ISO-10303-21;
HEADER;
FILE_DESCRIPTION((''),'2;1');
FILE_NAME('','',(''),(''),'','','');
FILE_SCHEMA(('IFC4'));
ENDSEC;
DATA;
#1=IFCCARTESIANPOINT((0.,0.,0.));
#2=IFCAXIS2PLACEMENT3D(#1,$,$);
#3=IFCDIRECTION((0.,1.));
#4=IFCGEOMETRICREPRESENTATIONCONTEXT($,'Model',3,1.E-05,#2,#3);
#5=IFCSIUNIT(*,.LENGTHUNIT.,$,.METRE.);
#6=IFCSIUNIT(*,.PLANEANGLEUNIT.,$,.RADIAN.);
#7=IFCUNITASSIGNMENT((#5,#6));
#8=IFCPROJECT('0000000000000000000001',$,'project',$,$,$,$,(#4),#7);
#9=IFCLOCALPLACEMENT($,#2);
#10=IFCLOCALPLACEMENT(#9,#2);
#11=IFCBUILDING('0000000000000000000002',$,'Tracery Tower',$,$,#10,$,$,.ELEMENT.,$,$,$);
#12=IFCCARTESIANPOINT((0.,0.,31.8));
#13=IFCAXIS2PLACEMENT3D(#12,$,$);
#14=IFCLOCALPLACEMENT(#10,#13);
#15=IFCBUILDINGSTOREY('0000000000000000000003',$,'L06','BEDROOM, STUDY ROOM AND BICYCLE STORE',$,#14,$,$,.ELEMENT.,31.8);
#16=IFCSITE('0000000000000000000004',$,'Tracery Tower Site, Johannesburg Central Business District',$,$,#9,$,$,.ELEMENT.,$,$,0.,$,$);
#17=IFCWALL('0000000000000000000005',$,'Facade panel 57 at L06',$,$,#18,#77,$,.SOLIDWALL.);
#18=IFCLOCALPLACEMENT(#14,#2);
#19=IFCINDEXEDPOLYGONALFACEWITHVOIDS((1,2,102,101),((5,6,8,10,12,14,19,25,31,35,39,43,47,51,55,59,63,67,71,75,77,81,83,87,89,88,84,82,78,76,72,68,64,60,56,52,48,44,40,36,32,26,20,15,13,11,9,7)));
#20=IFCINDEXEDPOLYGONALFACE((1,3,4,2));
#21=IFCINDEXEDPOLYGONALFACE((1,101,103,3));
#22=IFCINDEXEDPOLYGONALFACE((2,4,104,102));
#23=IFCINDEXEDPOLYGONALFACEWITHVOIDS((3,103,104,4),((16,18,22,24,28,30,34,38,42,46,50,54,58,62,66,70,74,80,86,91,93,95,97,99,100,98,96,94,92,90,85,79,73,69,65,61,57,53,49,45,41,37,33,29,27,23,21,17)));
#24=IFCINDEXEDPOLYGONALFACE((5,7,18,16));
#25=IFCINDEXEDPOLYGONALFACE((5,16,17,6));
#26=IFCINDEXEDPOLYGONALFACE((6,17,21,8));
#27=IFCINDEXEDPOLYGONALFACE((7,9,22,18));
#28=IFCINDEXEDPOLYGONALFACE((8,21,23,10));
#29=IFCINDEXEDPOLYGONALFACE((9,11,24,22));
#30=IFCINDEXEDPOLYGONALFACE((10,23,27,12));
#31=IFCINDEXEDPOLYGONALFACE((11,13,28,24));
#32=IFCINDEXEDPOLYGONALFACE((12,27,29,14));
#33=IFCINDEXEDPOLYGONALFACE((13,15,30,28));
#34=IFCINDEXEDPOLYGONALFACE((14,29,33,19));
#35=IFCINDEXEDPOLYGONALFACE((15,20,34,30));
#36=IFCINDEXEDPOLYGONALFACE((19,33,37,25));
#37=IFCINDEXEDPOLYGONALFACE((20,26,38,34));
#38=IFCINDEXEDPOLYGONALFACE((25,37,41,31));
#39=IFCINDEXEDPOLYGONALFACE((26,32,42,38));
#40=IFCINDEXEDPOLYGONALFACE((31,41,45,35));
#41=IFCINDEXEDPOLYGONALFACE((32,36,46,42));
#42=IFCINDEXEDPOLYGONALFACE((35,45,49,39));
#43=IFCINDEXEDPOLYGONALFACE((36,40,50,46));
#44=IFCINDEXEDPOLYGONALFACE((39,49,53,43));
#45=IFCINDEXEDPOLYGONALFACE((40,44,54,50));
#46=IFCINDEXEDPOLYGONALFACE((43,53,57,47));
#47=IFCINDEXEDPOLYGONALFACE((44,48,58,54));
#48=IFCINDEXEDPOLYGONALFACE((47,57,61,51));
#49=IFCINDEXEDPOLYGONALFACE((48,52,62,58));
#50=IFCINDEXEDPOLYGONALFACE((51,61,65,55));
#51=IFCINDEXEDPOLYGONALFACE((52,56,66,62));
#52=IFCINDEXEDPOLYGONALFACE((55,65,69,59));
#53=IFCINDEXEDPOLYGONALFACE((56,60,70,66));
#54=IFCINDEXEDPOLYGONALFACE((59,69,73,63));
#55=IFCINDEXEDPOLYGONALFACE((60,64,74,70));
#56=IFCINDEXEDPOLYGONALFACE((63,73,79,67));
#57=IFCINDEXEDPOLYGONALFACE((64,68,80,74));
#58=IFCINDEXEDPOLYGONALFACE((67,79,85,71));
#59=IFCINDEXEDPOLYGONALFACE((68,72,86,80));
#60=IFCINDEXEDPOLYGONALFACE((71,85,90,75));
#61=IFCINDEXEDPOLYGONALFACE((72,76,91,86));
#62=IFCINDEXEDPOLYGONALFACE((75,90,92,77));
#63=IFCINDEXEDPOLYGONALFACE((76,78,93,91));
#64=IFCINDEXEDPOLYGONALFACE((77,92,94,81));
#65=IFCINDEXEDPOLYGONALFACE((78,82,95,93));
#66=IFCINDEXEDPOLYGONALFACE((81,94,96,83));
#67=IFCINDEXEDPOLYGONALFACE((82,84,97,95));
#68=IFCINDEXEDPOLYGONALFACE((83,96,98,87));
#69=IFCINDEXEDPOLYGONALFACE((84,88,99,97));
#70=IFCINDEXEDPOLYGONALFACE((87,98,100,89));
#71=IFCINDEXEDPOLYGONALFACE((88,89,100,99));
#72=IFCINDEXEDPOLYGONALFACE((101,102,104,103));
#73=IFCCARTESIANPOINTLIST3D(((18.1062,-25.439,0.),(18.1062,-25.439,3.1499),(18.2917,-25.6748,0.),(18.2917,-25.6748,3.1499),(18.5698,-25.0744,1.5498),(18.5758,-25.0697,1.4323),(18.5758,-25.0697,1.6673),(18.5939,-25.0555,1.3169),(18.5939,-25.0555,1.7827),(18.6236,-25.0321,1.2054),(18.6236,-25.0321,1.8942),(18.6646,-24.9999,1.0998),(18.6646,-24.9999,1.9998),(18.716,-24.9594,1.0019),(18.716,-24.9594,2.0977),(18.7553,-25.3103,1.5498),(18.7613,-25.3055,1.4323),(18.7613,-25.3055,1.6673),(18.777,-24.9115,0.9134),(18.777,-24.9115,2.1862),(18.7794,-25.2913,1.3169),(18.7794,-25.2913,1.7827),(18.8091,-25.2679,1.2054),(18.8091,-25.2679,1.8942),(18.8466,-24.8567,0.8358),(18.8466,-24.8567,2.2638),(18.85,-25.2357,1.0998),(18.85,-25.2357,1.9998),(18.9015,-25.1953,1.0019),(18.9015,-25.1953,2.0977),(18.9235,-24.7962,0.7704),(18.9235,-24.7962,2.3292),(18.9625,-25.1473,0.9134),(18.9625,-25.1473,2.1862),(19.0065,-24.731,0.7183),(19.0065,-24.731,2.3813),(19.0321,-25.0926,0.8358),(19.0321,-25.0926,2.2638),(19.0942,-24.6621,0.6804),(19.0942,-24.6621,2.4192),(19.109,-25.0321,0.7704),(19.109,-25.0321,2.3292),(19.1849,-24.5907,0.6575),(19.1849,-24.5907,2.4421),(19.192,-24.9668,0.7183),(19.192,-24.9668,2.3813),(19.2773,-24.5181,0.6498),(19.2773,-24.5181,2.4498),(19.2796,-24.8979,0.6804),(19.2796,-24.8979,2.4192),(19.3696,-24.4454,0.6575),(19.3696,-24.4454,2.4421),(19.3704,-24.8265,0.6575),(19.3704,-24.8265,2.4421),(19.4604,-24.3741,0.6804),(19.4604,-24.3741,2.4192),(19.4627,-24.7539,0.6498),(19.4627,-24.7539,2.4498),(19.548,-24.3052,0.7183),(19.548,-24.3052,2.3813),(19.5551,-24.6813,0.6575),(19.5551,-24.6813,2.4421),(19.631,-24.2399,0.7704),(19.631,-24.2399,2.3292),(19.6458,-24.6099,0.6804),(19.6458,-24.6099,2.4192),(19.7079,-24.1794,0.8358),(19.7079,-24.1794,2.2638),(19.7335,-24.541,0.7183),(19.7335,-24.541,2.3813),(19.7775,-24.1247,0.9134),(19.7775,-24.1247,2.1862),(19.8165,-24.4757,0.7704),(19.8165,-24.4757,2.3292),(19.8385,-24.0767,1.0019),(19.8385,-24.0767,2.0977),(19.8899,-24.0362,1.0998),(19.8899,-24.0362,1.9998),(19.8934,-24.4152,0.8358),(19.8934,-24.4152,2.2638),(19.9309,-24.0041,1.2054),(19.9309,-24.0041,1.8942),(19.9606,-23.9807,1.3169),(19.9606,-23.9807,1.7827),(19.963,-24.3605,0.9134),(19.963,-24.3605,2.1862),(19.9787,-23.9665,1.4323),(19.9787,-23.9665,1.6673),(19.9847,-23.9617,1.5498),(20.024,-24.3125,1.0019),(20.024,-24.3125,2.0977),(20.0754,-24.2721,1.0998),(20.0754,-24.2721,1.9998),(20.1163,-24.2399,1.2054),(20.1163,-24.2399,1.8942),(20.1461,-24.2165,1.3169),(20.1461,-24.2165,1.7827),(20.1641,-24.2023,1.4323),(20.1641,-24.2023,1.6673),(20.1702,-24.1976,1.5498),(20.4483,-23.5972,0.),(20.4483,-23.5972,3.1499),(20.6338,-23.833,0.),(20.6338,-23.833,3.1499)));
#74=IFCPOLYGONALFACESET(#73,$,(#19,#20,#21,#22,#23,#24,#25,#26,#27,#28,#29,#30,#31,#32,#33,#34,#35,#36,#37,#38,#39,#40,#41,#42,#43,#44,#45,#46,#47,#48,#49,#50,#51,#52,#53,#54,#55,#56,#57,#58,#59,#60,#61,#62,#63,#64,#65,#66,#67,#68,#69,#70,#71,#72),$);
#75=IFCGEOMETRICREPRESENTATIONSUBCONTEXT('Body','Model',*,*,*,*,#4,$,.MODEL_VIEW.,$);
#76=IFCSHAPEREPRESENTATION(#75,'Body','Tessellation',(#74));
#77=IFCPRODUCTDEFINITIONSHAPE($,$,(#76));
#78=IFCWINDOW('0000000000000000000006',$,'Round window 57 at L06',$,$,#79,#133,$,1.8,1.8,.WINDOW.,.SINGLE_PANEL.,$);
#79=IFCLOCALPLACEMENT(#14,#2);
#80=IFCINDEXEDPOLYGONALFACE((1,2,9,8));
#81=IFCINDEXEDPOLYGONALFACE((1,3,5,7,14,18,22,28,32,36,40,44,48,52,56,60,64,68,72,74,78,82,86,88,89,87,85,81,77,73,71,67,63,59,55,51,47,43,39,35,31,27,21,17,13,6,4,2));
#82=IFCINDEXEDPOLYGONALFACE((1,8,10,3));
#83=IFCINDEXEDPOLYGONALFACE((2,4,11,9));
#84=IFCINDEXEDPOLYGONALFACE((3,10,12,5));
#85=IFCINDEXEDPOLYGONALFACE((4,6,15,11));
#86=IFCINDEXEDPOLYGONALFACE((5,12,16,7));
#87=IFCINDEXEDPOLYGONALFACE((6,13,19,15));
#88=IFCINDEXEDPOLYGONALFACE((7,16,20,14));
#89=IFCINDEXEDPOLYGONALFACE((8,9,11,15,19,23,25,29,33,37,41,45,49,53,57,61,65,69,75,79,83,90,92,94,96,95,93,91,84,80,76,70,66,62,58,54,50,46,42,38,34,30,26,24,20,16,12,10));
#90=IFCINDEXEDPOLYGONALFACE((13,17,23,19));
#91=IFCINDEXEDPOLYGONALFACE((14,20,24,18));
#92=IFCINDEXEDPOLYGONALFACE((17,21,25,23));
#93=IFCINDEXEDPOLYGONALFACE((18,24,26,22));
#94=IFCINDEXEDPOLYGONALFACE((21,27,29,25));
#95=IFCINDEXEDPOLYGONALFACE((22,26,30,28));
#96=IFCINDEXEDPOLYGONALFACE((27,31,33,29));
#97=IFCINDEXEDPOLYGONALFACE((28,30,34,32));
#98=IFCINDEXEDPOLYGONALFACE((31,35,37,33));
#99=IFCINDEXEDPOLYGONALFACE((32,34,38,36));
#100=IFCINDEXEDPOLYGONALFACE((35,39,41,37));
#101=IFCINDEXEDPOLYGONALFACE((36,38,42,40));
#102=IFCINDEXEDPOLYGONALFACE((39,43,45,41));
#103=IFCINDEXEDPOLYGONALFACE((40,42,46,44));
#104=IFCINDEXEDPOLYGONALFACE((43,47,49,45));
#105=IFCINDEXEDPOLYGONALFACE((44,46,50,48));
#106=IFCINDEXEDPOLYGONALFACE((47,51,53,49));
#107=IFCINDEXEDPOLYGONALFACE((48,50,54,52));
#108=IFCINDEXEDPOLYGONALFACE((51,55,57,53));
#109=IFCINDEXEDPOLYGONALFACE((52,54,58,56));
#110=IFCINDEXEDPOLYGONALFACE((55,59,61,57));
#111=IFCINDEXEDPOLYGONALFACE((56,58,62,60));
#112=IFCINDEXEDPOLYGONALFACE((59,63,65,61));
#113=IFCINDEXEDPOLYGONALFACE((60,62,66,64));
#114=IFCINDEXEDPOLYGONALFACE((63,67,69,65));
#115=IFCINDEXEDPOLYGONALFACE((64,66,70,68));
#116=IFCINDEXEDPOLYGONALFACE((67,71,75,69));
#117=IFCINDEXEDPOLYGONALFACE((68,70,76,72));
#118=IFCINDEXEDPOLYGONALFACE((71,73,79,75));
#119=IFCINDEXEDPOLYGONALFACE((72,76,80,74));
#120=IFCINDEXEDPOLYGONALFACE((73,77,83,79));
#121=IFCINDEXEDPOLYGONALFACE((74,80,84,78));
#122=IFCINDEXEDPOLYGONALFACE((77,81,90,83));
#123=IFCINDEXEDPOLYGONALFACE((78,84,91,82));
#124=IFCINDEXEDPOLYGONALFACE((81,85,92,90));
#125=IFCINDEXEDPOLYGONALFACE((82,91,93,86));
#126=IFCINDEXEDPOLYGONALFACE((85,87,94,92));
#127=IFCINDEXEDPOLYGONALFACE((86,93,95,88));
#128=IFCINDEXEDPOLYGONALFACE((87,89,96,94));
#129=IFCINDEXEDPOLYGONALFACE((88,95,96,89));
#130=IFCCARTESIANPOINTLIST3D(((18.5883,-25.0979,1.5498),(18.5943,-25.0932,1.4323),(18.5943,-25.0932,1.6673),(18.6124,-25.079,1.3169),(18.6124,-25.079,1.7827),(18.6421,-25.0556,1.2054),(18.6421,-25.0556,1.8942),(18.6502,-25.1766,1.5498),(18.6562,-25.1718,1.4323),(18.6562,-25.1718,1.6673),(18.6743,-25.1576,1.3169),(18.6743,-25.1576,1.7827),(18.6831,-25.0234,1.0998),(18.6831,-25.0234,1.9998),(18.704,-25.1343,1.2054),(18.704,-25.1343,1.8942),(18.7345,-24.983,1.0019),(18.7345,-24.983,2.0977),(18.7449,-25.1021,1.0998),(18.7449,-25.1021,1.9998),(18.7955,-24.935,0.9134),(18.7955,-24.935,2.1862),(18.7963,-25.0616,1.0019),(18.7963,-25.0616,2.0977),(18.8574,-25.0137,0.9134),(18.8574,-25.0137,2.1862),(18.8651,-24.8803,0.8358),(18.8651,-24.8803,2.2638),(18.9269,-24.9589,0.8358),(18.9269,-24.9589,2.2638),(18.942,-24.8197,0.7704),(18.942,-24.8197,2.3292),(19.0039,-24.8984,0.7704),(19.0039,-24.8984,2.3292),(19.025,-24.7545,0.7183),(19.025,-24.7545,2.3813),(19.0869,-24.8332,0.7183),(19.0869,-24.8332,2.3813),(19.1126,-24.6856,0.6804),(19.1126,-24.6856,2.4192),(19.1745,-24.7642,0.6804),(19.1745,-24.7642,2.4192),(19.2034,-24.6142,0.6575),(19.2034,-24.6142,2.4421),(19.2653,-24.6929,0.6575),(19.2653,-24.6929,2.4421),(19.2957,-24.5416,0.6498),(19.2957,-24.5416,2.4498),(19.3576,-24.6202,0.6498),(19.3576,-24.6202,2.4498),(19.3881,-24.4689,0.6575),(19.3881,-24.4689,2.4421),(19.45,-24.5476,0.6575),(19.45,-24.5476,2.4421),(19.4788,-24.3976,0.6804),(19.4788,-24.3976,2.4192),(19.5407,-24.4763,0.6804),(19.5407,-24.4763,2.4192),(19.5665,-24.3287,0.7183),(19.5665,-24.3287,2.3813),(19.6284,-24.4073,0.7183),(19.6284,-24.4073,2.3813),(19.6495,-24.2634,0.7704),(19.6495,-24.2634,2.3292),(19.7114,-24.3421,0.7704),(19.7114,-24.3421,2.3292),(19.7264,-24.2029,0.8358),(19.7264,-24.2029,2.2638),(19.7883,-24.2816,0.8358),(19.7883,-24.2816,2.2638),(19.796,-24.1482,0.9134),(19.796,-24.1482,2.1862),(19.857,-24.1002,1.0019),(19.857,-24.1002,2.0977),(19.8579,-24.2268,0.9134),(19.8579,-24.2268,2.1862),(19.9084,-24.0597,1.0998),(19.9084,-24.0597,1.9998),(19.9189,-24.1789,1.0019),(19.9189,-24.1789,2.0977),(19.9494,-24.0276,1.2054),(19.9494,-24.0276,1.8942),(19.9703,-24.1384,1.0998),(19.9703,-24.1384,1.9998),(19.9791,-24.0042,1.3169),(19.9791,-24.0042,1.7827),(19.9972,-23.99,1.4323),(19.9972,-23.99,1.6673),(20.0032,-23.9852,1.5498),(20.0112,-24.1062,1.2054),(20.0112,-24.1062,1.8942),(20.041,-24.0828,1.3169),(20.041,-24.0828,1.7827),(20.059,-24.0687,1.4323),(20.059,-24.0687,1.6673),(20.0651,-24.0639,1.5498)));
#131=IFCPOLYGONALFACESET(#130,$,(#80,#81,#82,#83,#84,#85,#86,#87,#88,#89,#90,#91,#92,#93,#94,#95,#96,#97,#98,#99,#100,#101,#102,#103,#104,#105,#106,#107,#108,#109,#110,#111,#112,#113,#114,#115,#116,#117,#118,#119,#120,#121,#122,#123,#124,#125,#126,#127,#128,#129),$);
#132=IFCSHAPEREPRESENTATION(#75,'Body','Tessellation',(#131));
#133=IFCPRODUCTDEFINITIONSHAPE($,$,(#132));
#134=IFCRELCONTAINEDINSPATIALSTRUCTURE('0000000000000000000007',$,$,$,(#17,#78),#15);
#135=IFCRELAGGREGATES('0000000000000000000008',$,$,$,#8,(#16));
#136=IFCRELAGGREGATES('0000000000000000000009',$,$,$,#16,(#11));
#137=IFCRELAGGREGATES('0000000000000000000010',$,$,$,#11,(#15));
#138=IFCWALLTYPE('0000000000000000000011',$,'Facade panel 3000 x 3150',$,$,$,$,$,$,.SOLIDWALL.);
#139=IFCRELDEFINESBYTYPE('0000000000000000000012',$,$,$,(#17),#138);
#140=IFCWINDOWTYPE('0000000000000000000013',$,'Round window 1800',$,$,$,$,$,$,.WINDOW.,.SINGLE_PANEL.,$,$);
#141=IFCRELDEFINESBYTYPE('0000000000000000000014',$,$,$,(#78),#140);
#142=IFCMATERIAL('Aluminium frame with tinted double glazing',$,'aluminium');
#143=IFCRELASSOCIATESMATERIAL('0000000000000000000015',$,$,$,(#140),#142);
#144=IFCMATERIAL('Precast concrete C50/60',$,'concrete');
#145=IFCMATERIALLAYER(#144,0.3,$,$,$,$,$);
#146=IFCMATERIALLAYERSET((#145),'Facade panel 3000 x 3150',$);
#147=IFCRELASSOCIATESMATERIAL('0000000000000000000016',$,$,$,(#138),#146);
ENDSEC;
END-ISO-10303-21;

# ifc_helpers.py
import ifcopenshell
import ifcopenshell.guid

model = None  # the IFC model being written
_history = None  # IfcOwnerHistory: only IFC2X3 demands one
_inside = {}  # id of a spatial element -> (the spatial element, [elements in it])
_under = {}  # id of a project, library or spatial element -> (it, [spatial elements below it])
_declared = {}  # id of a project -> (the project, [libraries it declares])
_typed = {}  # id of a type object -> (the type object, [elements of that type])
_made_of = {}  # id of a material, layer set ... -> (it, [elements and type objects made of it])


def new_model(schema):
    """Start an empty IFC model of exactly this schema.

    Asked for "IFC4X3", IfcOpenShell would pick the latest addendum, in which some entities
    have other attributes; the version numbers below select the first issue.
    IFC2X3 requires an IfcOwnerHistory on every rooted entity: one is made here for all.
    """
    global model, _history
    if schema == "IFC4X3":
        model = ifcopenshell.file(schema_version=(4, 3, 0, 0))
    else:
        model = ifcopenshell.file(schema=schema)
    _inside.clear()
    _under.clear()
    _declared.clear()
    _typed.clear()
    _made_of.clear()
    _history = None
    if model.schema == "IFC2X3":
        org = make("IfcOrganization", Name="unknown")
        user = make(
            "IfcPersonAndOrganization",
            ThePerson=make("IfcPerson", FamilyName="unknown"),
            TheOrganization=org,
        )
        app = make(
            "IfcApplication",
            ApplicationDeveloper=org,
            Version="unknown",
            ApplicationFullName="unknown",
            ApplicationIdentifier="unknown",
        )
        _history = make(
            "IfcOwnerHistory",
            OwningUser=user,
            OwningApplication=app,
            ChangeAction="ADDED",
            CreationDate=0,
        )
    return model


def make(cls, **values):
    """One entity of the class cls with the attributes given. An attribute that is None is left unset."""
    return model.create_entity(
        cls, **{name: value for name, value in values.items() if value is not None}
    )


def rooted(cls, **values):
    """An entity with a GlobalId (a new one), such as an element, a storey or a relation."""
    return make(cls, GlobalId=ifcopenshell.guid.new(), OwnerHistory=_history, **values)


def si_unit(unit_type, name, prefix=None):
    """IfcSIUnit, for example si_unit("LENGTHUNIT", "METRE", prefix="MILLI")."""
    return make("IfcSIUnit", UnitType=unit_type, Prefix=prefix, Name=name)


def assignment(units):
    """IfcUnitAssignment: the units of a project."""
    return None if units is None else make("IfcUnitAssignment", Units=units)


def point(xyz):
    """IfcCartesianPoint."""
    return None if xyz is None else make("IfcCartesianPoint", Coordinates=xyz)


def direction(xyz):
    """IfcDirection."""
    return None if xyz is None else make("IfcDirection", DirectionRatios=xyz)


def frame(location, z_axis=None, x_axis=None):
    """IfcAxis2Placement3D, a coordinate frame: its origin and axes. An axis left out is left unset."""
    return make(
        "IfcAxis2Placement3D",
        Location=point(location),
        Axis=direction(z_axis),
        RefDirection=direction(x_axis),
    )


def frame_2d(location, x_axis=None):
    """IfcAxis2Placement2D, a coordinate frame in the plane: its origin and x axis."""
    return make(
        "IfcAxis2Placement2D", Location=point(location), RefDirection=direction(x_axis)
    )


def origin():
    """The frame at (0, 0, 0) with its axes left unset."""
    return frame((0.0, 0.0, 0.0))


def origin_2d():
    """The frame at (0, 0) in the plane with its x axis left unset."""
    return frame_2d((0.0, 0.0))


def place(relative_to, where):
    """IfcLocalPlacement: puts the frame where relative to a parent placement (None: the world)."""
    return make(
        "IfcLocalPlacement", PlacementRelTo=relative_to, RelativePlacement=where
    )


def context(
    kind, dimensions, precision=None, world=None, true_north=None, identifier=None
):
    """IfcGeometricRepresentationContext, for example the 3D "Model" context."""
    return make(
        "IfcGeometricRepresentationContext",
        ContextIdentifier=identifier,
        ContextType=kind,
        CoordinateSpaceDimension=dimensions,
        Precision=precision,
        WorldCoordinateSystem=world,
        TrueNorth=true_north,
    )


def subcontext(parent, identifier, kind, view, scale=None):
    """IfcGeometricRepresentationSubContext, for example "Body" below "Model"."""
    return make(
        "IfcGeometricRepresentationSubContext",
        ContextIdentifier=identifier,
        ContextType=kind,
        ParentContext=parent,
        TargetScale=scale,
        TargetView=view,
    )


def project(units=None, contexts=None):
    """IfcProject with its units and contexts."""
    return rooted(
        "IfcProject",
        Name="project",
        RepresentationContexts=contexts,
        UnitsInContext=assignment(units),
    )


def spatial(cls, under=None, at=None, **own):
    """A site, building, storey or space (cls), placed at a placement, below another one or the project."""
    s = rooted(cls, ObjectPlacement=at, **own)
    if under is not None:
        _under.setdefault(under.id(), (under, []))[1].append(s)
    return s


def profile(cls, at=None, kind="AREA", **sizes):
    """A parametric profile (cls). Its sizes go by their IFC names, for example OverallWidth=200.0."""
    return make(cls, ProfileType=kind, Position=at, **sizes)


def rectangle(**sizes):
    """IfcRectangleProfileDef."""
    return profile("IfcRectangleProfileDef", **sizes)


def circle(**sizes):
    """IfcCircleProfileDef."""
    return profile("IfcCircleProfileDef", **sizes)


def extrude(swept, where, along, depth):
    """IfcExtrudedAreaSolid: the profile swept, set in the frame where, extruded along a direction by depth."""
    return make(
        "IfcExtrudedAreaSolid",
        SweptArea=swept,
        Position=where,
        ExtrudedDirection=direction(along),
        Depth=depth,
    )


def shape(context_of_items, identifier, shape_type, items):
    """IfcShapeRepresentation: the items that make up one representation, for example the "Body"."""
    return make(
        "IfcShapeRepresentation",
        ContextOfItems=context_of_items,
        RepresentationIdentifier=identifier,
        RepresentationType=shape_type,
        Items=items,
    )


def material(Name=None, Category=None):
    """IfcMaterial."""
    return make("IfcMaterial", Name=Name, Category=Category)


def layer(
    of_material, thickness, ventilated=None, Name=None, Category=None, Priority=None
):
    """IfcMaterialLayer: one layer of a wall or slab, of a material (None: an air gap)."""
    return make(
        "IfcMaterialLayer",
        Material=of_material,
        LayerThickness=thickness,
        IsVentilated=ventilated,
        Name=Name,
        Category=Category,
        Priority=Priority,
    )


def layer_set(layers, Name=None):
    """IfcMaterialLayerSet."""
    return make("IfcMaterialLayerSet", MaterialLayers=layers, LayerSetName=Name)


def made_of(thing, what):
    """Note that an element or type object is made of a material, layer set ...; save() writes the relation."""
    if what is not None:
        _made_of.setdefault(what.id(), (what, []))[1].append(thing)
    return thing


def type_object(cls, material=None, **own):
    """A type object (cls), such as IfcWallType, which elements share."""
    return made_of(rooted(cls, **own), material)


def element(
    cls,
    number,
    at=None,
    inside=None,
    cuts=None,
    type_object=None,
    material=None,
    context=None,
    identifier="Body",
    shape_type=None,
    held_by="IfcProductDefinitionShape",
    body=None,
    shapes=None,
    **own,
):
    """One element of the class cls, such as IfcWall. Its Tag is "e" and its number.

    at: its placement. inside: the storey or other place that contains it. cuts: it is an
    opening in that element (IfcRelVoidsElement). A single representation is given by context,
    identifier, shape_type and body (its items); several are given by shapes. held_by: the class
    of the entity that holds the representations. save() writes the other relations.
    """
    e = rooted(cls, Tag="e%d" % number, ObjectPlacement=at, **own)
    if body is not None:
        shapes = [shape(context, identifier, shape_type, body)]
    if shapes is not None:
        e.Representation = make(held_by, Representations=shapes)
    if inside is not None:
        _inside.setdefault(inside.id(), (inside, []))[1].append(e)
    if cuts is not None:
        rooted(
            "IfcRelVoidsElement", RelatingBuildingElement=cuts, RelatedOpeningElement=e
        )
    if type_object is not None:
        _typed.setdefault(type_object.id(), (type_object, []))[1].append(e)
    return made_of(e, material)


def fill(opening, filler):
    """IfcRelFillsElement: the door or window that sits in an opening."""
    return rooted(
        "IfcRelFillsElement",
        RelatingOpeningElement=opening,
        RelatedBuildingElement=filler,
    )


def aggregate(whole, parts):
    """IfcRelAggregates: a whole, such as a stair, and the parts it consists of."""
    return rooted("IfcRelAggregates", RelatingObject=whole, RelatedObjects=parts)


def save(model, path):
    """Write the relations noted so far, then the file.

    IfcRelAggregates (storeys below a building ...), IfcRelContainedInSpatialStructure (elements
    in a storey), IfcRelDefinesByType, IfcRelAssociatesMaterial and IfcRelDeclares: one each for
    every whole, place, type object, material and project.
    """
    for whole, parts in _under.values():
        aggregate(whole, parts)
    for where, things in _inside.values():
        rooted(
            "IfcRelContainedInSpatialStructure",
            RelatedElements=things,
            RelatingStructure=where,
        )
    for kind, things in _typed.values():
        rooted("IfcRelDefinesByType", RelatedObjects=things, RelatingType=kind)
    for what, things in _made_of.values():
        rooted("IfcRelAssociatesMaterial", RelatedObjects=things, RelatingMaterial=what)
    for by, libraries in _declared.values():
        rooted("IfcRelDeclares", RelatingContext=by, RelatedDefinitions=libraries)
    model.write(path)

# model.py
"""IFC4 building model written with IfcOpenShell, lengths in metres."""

from ifc_helpers import new_model, si_unit, direction, frame, frame_2d, origin, origin_2d, place, context, subcontext, project, spatial, rectangle, circle, extrude, material, layer, layer_set, type_object, element, fill, save


model = new_model("IFC4")

# Units and contexts
model_context = context("Model", 3, precision=1e-05, world=origin(), true_north=direction((0.0, 1.0)))
body_context = subcontext(model_context, "Body", "Model", "MODEL_VIEW")
ifc_project = project(units=[si_unit("LENGTHUNIT", "METRE"), si_unit("PLANEANGLEUNIT", "RADIAN")], contexts=[model_context])

# Site, building, storey
site_placement = place(None, origin())
site = spatial("IfcSite", under=ifc_project, at=site_placement, Name="Tracery Tower Site, Johannesburg Central Business District", CompositionType="ELEMENT", RefElevation=0.0)
building_placement = place(site_placement, origin())
building = spatial("IfcBuilding", under=site, at=building_placement, Name="Tracery Tower", CompositionType="ELEMENT")
storey_placement = place(building_placement, frame((0.0, 0.0, 31.8)))
storey = spatial("IfcBuildingStorey", under=building, at=storey_placement, Name="L06", Description="BEDROOM, STUDY ROOM AND BICYCLE STORE", CompositionType="ELEMENT", Elevation=31.8)

# Wall, opening, window
ifc_material_1 = material(Name="Aluminium frame with tinted double glazing", Category="aluminium")
window_type = type_object("IfcWindowType", Name="Round window 1800", PartitioningType="SINGLE_PANEL", PredefinedType="WINDOW", material=ifc_material_1)
ifc_material_2 = material(Name="Precast concrete C50/60", Category="concrete")
ifc_layer_1 = layer(ifc_material_2, 0.3)
ifc_layer_set_1 = layer_set([ifc_layer_1], Name="Facade panel 3000 x 3150")
wall_type_1 = type_object("IfcWallType", Name="Facade panel 3000 x 3150", PredefinedType="SOLIDWALL", material=ifc_layer_set_1)
wall_1_placement = place(storey_placement, frame((18.199, -25.5569, 0.0), z_axis=(0.0, 0.0, 1.0), x_axis=(0.786054, 0.618158, 0.0)))
wall_1 = element("IfcWall", 1, at=wall_1_placement, inside=storey, type_object=wall_type_1, Name="Facade panel 57 at L06", PredefinedType="SOLIDWALL", context=body_context, shape_type="SweptSolid", body=[
    extrude(rectangle(XDim=2.9795, YDim=0.3, at=frame_2d((1.4897, 0.0))), origin(), (0.0, 0.0, 1.0), 3.1499),
])
opening_1_placement = place(wall_1_placement, frame((1.4897, 0.0, 1.5498)))
opening_1 = element("IfcOpeningElement", 2, at=opening_1_placement, cuts=wall_1, PredefinedType="OPENING", context=body_context, shape_type="SweptSolid", body=[
    extrude(circle(Radius=0.9, at=origin_2d()), frame((0.0, 0.1599, 0.0), z_axis=(0.0, -1.0, 0.0), x_axis=(1.0, 0.0, 0.0)), (0.0, 0.0, 1.0), 0.3201),
])
window_1_placement = place(opening_1_placement, origin())
window_1 = element("IfcWindow", 3, at=window_1_placement, inside=storey, type_object=window_type, Name="Round window 57 at L06", OverallHeight=1.8, OverallWidth=1.8, PartitioningType="SINGLE_PANEL", PredefinedType="WINDOW", context=body_context, shape_type="SweptSolid", body=[
    extrude(circle(Radius=0.9, at=origin_2d()), frame((0.0, 0.1201, 0.0), z_axis=(0.0, -1.0, 0.0), x_axis=(1.0, 0.0, 0.0)), (0.0, 0.0, 1.0), 0.1001),
])
fill(opening_1, window_1)

save(model, "model.ifc")
